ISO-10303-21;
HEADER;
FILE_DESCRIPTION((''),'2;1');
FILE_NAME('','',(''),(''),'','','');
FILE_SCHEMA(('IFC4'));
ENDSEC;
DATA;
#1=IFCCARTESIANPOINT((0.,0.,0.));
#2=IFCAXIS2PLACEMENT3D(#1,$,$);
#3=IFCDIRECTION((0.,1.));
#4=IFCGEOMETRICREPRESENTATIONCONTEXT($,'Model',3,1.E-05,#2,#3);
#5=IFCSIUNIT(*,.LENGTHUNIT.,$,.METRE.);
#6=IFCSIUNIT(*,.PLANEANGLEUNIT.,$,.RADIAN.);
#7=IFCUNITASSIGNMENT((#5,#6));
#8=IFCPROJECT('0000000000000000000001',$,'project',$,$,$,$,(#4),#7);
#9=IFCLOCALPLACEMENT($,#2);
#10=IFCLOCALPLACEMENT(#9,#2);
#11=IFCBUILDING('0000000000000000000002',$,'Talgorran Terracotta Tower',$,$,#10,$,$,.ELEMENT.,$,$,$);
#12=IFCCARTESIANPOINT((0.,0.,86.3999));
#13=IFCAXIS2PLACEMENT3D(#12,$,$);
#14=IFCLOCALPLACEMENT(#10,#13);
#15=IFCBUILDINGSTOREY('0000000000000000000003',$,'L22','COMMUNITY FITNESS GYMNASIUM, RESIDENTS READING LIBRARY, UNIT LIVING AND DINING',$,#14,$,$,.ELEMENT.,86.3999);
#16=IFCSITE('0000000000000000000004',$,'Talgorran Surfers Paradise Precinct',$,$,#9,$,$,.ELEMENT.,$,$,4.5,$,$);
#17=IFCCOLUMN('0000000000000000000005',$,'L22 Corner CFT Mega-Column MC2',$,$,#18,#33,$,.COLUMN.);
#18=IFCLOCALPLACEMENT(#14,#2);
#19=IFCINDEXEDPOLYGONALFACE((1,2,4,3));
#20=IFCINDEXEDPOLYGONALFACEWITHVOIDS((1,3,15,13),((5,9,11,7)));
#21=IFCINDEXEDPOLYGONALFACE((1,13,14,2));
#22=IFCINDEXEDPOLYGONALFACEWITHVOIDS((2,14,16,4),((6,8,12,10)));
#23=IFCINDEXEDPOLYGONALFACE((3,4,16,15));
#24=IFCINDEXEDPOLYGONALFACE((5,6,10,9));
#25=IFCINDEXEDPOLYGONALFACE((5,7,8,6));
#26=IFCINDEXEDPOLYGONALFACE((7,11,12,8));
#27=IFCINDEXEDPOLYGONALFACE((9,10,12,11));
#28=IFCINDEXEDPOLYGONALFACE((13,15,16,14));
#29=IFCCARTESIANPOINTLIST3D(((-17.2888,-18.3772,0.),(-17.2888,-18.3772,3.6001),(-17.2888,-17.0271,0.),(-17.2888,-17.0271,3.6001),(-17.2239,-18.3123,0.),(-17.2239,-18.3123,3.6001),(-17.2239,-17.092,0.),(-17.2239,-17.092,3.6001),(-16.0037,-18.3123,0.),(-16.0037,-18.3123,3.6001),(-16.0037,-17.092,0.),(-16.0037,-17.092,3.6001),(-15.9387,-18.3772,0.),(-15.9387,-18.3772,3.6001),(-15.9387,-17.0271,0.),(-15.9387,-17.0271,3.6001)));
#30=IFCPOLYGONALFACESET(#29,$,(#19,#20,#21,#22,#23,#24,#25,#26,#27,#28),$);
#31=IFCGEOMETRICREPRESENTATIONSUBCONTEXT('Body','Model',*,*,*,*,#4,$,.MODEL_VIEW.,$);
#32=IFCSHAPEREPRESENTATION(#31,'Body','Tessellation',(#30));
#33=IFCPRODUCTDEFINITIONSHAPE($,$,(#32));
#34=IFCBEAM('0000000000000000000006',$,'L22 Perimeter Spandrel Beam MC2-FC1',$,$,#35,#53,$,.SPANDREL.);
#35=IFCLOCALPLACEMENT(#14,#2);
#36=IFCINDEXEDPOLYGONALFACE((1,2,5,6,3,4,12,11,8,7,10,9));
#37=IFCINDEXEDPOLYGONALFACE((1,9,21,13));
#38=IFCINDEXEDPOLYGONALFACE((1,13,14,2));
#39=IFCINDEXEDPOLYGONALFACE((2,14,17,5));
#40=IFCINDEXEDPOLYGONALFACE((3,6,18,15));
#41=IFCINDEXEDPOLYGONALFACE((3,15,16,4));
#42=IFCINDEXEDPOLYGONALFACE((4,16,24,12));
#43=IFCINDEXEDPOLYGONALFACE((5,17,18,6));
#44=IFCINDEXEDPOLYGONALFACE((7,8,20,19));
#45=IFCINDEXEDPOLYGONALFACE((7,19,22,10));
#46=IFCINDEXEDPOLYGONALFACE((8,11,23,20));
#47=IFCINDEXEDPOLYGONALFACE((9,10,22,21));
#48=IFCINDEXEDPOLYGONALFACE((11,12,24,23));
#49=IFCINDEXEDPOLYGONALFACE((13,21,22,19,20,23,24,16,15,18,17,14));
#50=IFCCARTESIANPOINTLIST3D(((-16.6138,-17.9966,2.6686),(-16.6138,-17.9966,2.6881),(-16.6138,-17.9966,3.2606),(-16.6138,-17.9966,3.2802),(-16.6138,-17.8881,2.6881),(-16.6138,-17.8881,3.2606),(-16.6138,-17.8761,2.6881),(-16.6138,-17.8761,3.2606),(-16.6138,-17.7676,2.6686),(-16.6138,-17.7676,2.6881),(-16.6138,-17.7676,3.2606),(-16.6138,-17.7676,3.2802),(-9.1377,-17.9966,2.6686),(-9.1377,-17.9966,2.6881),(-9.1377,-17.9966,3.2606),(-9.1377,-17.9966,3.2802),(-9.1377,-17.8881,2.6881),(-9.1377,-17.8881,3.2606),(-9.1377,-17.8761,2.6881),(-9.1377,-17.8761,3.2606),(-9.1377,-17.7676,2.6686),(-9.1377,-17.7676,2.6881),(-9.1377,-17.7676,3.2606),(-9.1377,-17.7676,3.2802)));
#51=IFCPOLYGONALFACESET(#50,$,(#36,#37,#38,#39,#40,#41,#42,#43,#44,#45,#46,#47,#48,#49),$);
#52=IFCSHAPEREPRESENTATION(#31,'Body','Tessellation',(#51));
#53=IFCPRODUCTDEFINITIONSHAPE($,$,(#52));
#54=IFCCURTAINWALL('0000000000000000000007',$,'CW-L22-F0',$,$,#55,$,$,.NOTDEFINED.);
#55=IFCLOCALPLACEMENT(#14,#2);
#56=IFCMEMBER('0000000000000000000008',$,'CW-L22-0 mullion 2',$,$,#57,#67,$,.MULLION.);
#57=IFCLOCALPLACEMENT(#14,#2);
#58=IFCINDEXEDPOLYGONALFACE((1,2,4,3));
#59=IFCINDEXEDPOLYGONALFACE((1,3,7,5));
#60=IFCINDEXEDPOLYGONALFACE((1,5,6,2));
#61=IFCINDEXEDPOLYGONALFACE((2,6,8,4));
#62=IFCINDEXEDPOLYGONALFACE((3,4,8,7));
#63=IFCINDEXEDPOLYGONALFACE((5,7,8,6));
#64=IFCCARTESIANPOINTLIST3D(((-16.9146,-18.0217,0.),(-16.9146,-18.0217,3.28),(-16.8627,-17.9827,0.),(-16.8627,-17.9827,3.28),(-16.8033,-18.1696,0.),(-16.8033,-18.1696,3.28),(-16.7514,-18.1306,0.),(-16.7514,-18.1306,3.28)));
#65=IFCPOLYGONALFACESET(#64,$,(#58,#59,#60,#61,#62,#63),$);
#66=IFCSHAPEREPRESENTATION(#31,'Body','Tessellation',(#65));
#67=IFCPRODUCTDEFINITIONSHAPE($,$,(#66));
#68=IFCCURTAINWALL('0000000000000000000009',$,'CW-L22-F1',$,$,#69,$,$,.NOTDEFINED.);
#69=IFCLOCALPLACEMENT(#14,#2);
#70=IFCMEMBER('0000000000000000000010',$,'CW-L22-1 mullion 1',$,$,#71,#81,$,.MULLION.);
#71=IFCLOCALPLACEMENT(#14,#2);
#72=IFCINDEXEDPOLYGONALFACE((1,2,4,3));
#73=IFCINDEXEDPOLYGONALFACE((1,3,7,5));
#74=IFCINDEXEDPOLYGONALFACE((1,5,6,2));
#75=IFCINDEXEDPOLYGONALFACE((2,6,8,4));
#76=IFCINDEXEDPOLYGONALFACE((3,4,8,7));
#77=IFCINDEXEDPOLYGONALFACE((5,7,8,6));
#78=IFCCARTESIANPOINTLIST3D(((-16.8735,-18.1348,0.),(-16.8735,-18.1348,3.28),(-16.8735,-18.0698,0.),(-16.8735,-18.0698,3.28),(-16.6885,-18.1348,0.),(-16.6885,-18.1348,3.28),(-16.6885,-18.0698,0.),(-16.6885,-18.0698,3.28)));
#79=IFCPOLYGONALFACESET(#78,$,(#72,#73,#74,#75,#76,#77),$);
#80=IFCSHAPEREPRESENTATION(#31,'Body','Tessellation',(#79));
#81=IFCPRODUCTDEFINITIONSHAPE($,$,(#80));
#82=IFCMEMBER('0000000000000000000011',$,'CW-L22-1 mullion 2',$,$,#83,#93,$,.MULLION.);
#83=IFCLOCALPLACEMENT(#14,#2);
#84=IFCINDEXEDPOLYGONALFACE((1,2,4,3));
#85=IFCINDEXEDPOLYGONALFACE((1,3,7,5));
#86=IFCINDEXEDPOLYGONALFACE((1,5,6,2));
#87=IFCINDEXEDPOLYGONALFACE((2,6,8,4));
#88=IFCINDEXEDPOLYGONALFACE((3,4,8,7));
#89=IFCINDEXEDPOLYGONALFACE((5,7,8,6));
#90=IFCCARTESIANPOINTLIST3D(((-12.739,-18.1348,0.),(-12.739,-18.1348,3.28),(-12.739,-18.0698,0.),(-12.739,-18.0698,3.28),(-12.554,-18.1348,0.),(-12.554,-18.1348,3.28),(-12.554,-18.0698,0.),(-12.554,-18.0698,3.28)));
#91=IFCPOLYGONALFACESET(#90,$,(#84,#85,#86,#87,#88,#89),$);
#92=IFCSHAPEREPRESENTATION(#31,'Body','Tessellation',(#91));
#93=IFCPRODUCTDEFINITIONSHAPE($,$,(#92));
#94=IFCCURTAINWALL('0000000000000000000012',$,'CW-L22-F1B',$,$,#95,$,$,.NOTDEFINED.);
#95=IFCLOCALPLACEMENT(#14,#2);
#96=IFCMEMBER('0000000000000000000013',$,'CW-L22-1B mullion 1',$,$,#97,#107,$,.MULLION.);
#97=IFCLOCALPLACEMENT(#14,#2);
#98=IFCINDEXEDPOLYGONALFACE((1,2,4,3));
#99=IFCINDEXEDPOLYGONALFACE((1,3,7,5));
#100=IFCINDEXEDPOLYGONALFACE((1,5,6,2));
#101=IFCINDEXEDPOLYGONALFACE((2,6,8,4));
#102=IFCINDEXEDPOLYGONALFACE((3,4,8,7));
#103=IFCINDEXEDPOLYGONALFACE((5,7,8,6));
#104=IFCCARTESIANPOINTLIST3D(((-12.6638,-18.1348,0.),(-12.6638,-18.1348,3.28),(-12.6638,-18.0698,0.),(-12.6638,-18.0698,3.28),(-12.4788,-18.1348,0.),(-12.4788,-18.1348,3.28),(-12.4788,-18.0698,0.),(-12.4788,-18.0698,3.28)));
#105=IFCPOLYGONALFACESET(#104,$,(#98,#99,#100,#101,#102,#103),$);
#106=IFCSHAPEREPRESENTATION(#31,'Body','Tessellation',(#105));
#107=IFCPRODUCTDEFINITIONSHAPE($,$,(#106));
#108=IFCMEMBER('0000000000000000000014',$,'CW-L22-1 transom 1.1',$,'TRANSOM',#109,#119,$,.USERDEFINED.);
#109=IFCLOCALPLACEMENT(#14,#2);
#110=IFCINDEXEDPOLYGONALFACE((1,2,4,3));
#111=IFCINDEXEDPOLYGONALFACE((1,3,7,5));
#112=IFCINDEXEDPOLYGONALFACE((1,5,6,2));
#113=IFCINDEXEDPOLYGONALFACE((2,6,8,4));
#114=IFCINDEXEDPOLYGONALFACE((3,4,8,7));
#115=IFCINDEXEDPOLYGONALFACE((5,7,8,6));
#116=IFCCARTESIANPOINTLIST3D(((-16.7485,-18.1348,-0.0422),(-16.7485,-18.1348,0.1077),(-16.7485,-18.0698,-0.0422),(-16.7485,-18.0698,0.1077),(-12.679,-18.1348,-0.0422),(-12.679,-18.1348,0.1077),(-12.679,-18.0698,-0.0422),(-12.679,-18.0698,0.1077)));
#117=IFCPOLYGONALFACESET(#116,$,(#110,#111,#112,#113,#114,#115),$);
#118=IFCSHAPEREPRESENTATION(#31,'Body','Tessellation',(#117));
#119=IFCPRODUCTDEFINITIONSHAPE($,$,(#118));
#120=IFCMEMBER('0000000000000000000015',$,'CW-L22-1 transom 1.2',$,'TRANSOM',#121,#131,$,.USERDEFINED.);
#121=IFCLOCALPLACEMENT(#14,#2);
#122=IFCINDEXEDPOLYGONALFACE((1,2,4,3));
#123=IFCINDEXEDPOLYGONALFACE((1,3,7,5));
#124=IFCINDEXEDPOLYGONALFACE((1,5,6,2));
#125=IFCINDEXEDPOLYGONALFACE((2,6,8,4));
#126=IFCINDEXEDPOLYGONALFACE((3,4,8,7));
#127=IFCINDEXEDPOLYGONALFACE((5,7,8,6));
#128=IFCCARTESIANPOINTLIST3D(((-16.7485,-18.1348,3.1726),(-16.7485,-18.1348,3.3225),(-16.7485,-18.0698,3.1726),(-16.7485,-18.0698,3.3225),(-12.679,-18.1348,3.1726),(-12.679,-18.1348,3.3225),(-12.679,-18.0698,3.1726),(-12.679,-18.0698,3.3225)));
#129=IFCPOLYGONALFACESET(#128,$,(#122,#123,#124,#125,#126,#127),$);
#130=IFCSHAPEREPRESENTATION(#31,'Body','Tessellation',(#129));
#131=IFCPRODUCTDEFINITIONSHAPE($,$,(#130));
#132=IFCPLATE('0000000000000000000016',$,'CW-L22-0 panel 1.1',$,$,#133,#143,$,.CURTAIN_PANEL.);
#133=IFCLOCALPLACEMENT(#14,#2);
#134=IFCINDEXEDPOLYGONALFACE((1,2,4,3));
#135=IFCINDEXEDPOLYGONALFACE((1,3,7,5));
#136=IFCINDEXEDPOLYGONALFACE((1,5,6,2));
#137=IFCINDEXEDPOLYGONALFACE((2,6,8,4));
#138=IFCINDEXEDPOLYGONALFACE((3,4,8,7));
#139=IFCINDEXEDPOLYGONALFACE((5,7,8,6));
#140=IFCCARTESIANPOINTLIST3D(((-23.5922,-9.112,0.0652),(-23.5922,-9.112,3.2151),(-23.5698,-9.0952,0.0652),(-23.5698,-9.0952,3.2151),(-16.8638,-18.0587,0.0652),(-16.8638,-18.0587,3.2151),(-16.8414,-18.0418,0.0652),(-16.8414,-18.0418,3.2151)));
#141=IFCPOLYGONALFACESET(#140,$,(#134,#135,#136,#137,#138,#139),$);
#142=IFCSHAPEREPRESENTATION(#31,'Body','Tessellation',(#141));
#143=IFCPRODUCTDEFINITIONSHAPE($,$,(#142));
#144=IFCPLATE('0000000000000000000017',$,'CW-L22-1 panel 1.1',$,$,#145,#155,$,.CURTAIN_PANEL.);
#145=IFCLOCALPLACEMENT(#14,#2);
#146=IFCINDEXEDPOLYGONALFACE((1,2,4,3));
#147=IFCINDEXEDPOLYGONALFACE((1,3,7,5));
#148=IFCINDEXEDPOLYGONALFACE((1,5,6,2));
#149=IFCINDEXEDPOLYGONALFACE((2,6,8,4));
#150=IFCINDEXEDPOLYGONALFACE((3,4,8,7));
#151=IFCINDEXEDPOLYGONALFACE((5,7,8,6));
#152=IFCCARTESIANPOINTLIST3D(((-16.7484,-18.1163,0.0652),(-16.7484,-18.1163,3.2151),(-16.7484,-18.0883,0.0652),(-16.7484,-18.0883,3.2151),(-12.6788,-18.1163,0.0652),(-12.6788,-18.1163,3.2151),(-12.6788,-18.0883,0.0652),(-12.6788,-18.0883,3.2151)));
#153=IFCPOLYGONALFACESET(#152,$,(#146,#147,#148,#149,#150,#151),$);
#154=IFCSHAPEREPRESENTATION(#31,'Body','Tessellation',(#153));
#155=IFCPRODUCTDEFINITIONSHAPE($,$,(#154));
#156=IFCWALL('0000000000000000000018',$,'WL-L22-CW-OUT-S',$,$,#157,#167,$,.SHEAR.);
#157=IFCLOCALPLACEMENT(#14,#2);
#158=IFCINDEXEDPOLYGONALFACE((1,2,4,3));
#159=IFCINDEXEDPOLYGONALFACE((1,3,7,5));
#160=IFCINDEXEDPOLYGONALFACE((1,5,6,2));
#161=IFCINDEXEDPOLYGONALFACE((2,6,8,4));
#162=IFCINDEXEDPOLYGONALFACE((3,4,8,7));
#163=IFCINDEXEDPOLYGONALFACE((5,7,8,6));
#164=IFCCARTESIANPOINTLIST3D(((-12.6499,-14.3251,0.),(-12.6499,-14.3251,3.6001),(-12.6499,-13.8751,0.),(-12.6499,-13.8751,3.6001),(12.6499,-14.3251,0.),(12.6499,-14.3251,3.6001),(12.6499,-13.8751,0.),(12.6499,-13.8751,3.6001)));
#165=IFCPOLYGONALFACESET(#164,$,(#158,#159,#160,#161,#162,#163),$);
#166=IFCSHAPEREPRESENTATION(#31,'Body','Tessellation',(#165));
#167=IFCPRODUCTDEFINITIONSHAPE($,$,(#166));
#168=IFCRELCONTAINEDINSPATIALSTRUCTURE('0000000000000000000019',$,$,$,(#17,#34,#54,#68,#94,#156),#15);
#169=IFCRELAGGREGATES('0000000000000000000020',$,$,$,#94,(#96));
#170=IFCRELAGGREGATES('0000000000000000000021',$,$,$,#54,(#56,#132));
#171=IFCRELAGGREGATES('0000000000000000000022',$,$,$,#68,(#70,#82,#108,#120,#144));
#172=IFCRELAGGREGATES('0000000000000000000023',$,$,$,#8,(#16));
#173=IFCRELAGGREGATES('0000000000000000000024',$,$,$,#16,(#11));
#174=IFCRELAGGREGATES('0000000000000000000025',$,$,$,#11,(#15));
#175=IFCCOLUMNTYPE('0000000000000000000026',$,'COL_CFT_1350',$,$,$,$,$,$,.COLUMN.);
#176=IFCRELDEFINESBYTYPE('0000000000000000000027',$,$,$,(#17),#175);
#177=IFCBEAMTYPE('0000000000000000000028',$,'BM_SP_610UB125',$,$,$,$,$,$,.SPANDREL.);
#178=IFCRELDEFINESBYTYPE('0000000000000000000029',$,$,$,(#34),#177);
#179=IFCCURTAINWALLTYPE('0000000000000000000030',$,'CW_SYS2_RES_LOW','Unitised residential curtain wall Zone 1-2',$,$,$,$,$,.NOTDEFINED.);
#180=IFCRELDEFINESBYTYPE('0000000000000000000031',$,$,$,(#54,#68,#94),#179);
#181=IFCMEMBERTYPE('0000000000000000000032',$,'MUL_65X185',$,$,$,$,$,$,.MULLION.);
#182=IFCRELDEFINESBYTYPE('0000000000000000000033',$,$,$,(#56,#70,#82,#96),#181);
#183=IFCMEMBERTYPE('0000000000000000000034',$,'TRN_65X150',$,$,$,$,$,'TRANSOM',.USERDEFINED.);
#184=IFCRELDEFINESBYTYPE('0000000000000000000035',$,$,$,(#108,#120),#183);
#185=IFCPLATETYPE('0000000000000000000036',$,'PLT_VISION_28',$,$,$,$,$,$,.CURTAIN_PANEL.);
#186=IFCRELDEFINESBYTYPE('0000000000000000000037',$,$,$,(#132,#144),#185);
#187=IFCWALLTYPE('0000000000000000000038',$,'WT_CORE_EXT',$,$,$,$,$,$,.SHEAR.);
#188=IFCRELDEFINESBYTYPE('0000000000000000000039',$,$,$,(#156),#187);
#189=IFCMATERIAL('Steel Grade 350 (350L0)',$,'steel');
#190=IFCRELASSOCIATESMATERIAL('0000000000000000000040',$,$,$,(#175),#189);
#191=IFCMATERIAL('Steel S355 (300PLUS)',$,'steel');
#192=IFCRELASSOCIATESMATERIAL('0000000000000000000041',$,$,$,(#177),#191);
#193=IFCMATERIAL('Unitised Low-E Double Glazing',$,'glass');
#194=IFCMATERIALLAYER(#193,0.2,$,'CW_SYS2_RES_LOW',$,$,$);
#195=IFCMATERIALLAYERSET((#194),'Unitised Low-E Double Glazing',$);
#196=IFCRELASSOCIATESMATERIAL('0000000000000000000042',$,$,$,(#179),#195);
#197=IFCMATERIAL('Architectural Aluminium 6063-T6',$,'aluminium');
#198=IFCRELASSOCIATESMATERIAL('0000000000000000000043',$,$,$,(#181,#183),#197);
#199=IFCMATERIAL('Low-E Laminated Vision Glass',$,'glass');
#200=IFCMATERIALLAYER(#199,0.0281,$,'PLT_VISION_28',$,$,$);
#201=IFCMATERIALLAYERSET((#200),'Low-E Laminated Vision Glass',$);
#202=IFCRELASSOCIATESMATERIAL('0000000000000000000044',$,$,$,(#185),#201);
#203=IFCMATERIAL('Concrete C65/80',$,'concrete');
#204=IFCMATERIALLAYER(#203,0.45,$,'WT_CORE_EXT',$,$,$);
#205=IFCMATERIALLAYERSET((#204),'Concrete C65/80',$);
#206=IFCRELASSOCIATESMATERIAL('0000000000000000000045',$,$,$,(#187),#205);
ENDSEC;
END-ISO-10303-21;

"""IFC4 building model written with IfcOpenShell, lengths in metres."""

from ifc_helpers import new_model, si_unit, direction, frame, frame_2d, origin, origin_2d, place, context, subcontext, project, spatial, rectangle, hollow_rectangle, i_section, extrude, source, transform, mapped, material, layer, layer_set, material_profile, profile_set, type_object, type_shapes, element, aggregate, save


model = new_model("IFC4")

# Units and contexts
model_context = context("Model", 3, precision=1e-05, world=origin(), true_north=direction((0.0, 1.0)))
body_context = subcontext(model_context, "Body", "Model", "MODEL_VIEW")
ifc_project = project(units=[si_unit("LENGTHUNIT", "METRE"), si_unit("PLANEANGLEUNIT", "RADIAN")], contexts=[model_context])

# Site, building, storey
site_placement = place(None, origin())
site = spatial("IfcSite", under=ifc_project, at=site_placement, Name="Talgorran Surfers Paradise Precinct", CompositionType="ELEMENT", RefElevation=4.5)
building_placement = place(site_placement, origin())
building = spatial("IfcBuilding", under=site, at=building_placement, Name="Talgorran Terracotta Tower", CompositionType="ELEMENT")
storey_placement = place(building_placement, frame((0.0, 0.0, 86.3999)))
storey = spatial("IfcBuildingStorey", under=building, at=storey_placement, Name="L22", Description="COMMUNITY FITNESS GYMNASIUM, RESIDENTS READING LIBRARY, UNIT LIVING AND DINING", CompositionType="ELEMENT", Elevation=86.3999)

# Column
ifc_material_1 = material(Name="Steel Grade 350 (350L0)", Category="steel")
ifc_material_profile_1 = material_profile(ifc_material_1, hollow_rectangle(XDim=1.3501, YDim=1.3501, WallThickness=0.0649, at=origin_2d()), Name="CFT1350X1350X65")
ifc_profile_set_1 = profile_set([ifc_material_profile_1], Name="Steel Grade 350 (350L0)")
column_type = type_object("IfcColumnType", Name="COL_CFT_1350", PredefinedType="COLUMN", material=ifc_profile_set_1)
column_placement = place(storey_placement, frame((-16.6138, -17.7021, 0.0), z_axis=(0.0, 0.0, 1.0), x_axis=(1.0, 0.0, 0.0)))
element("IfcColumn", 1, at=column_placement, inside=storey, type_object=column_type, Name="L22 Corner CFT Mega-Column MC2", PredefinedType="COLUMN", context=body_context, shape_type="SweptSolid", body=[
    extrude(hollow_rectangle(XDim=1.3501, YDim=1.3501, WallThickness=0.0649, at=origin_2d()), origin(), (0.0, 0.0, 1.0), 3.6001),
])

# Beam
ifc_material_2 = material(Name="Steel S355 (300PLUS)", Category="steel")
ifc_material_profile_2 = material_profile(ifc_material_2, i_section(OverallWidth=0.229, OverallDepth=0.6116, WebThickness=0.012, FlangeThickness=0.0195, at=origin_2d()), Name="610UB125")
ifc_profile_set_2 = profile_set([ifc_material_profile_2], Name="Steel S355 (300PLUS)")
beam_type = type_object("IfcBeamType", Name="BM_SP_610UB125", PredefinedType="SPANDREL", material=ifc_profile_set_2)
beam_placement = place(storey_placement, frame((-16.6138, -17.8821, 2.9744), z_axis=(1.0, 0.0, 0.0), x_axis=(0.0, 1.0, 0.0)))
element("IfcBeam", 2, at=beam_placement, inside=storey, type_object=beam_type, Name="L22 Perimeter Spandrel Beam MC2-FC1", PredefinedType="SPANDREL", context=body_context, shape_type="SweptSolid", body=[
    extrude(i_section(OverallWidth=0.229, OverallDepth=0.6116, WebThickness=0.012, FlangeThickness=0.0195, at=origin_2d()), origin(), (0.0, 0.0, 1.0), 7.4761),
])

# Curtain wall, member
ifc_material_3 = material(Name="Unitised Low-E Double Glazing", Category="glass")
ifc_layer_1 = layer(ifc_material_3, 0.2, Name="CW_SYS2_RES_LOW")
ifc_layer_set_1 = layer_set([ifc_layer_1], Name="Unitised Low-E Double Glazing")
curtain_wall_type = type_object("IfcCurtainWallType", Name="CW_SYS2_RES_LOW", Description="Unitised residential curtain wall Zone 1-2", PredefinedType="NOTDEFINED", material=ifc_layer_set_1)
curtain_wall_1_placement = place(storey_placement, origin())
curtain_wall_1 = element("IfcCurtainWall", 3, at=curtain_wall_1_placement, inside=storey, type_object=curtain_wall_type, Name="CW-L22-F0", PredefinedType="NOTDEFINED")
ifc_material_4 = material(Name="Architectural Aluminium 6063-T6", Category="aluminium")
ifc_material_profile_3 = material_profile(ifc_material_4, rectangle(XDim=0.0649, YDim=0.1851, at=origin_2d()), Name="CWM65X185")
ifc_profile_set_3 = profile_set([ifc_material_profile_3], Name="Architectural Aluminium 6063-T6")
member_type_1 = type_object("IfcMemberType", Name="MUL_65X185", PredefinedType="MULLION", material=ifc_profile_set_3)
member_1_placement = place(storey_placement, frame((-16.833, -18.0762, 0.0), z_axis=(0.0, 0.0, 1.0), x_axis=(0.79921, 0.601052, 0.0)))
member_1 = element("IfcMember", 4, at=member_1_placement, type_object=member_type_1, Name="CW-L22-0 mullion 2", PredefinedType="MULLION", context=body_context, shape_type="SweptSolid", body=[
    extrude(rectangle(XDim=0.0649, YDim=0.1851, at=origin_2d()), origin(), (0.0, 0.0, 1.0), 3.28),
])

# Curtain wall, members
curtain_wall_2_placement = place(storey_placement, origin())
curtain_wall_2 = element("IfcCurtainWall", 5, at=curtain_wall_2_placement, inside=storey, type_object=curtain_wall_type, Name="CW-L22-F1", PredefinedType="NOTDEFINED")
member_2_placement = place(storey_placement, frame((-16.781, -18.1023, 0.0), z_axis=(0.0, 0.0, 1.0), x_axis=(0.0, 1.0, 0.0)))
member_2 = element("IfcMember", 6, at=member_2_placement, type_object=member_type_1, Name="CW-L22-1 mullion 1", PredefinedType="MULLION", context=body_context, shape_type="SweptSolid", body=[
    extrude(rectangle(XDim=0.0649, YDim=0.1851, at=origin_2d()), origin(), (0.0, 0.0, 1.0), 3.28),
])
member_3_placement = place(storey_placement, frame((-12.6465, -18.1023, 0.0), z_axis=(0.0, 0.0, 1.0), x_axis=(0.0, 1.0, 0.0)))
member_3 = element("IfcMember", 7, at=member_3_placement, type_object=member_type_1, Name="CW-L22-1 mullion 2", PredefinedType="MULLION", context=body_context, shape_type="SweptSolid", body=[
    extrude(rectangle(XDim=0.0649, YDim=0.1851, at=origin_2d()), origin(), (0.0, 0.0, 1.0), 3.28),
])

# Curtain wall, member
curtain_wall_3_placement = place(storey_placement, origin())
curtain_wall_3 = element("IfcCurtainWall", 8, at=curtain_wall_3_placement, inside=storey, type_object=curtain_wall_type, Name="CW-L22-F1B", PredefinedType="NOTDEFINED")
member_4_placement = place(storey_placement, frame((-12.5713, -18.1023, 0.0), z_axis=(0.0, 0.0, 1.0), x_axis=(0.0, 1.0, 0.0)))
member_4 = element("IfcMember", 9, at=member_4_placement, type_object=member_type_1, Name="CW-L22-1B mullion 1", PredefinedType="MULLION", context=body_context, shape_type="SweptSolid", body=[
    extrude(rectangle(XDim=0.0649, YDim=0.1851, at=origin_2d()), origin(), (0.0, 0.0, 1.0), 3.28),
])
aggregate(curtain_wall_3, [member_4])

# Members
ifc_material_profile_4 = material_profile(ifc_material_4, rectangle(XDim=0.0649, YDim=0.1499, at=origin_2d()), Name="CWT65X150")
ifc_profile_set_4 = profile_set([ifc_material_profile_4], Name="Architectural Aluminium 6063-T6")
member_type_2 = type_object("IfcMemberType", Name="TRN_65X150", ElementType="TRANSOM", PredefinedType="USERDEFINED", material=ifc_profile_set_4)
member_5_placement = place(storey_placement, frame((-16.7485, -18.1023, 0.0327), z_axis=(1.0, 0.0, 0.0), x_axis=(0.0, 1.0, 0.0)))
member_5 = element("IfcMember", 10, at=member_5_placement, type_object=member_type_2, Name="CW-L22-1 transom 1.1", ObjectType="TRANSOM", PredefinedType="USERDEFINED", context=body_context, shape_type="SweptSolid", body=[
    extrude(rectangle(XDim=0.0649, YDim=0.1499, at=origin_2d()), origin(), (0.0, 0.0, 1.0), 4.0696),
])
member_6_placement = place(storey_placement, frame((-16.7485, -18.1023, 3.2476), z_axis=(1.0, 0.0, 0.0), x_axis=(0.0, 1.0, 0.0)))
member_6 = element("IfcMember", 11, at=member_6_placement, type_object=member_type_2, Name="CW-L22-1 transom 1.2", ObjectType="TRANSOM", PredefinedType="USERDEFINED", context=body_context, shape_type="SweptSolid", body=[
    extrude(rectangle(XDim=0.0649, YDim=0.1499, at=origin_2d()), origin(), (0.0, 0.0, 1.0), 4.0696),
])

# Plates
ifc_material_5 = material(Name="Low-E Laminated Vision Glass", Category="glass")
ifc_layer_2 = layer(ifc_material_5, 0.0281, Name="PLT_VISION_28")
ifc_layer_set_2 = layer_set([ifc_layer_2], Name="Low-E Laminated Vision Glass")
plate_type = type_object("IfcPlateType", Name="PLT_VISION_28", PredefinedType="CURTAIN_PANEL", material=ifc_layer_set_2)
shared_shape_1 = source(origin(), body_context, "Body", "SweptSolid", [
    extrude(rectangle(XDim=11.1943, YDim=0.0281, at=origin_2d()), origin(), (0.0, 0.0, 1.0), 3.1499),
])
plate_1_placement = place(storey_placement, frame((-20.2168, -13.5769, 0.0652), z_axis=(0.0, 0.0, 1.0), x_axis=(0.601052, -0.79921, 0.0)))
plate_1 = element("IfcPlate", 12, at=plate_1_placement, type_object=plate_type, Name="CW-L22-0 panel 1.1", PredefinedType="CURTAIN_PANEL", context=body_context, shape_type="MappedRepresentation", body=[
    mapped(shared_shape_1, transform((0.0, 0.0, 0.0), scale=1.0)),
])
aggregate(curtain_wall_1, [member_1, plate_1])
shared_shape_2 = source(origin(), body_context, "Body", "SweptSolid", [
    extrude(rectangle(XDim=4.0696, YDim=0.0281, at=origin_2d()), origin(), (0.0, 0.0, 1.0), 3.1499),
])
type_shapes(plate_type, [shared_shape_1, shared_shape_2])
plate_2_placement = place(storey_placement, frame((-14.7136, -18.1023, 0.0652), z_axis=(0.0, 0.0, 1.0), x_axis=(1.0, 0.0, 0.0)))
plate_2 = element("IfcPlate", 13, at=plate_2_placement, type_object=plate_type, Name="CW-L22-1 panel 1.1", PredefinedType="CURTAIN_PANEL", context=body_context, shape_type="MappedRepresentation", body=[
    mapped(shared_shape_2, transform((0.0, 0.0, 0.0), scale=1.0)),
])
aggregate(curtain_wall_2, [member_2, member_3, member_5, member_6, plate_2])

# Wall
ifc_material_6 = material(Name="Concrete C65/80", Category="concrete")
ifc_layer_3 = layer(ifc_material_6, 0.45, Name="WT_CORE_EXT")
ifc_layer_set_3 = layer_set([ifc_layer_3], Name="Concrete C65/80")
wall_type_1 = type_object("IfcWallType", Name="WT_CORE_EXT", PredefinedType="SHEAR", material=ifc_layer_set_3)
wall_1_placement = place(storey_placement, frame((-12.6499, -14.1001, 0.0), z_axis=(0.0, 0.0, 1.0), x_axis=(1.0, 0.0, 0.0)))
element("IfcWall", 14, at=wall_1_placement, inside=storey, type_object=wall_type_1, Name="WL-L22-CW-OUT-S", PredefinedType="SHEAR", context=body_context, shape_type="SweptSolid", body=[
    extrude(rectangle(XDim=25.2998, YDim=0.45, at=frame_2d((12.6499, 0.0))), origin(), (0.0, 0.0, 1.0), 3.6001),
])

save(model, "model.ifc")
